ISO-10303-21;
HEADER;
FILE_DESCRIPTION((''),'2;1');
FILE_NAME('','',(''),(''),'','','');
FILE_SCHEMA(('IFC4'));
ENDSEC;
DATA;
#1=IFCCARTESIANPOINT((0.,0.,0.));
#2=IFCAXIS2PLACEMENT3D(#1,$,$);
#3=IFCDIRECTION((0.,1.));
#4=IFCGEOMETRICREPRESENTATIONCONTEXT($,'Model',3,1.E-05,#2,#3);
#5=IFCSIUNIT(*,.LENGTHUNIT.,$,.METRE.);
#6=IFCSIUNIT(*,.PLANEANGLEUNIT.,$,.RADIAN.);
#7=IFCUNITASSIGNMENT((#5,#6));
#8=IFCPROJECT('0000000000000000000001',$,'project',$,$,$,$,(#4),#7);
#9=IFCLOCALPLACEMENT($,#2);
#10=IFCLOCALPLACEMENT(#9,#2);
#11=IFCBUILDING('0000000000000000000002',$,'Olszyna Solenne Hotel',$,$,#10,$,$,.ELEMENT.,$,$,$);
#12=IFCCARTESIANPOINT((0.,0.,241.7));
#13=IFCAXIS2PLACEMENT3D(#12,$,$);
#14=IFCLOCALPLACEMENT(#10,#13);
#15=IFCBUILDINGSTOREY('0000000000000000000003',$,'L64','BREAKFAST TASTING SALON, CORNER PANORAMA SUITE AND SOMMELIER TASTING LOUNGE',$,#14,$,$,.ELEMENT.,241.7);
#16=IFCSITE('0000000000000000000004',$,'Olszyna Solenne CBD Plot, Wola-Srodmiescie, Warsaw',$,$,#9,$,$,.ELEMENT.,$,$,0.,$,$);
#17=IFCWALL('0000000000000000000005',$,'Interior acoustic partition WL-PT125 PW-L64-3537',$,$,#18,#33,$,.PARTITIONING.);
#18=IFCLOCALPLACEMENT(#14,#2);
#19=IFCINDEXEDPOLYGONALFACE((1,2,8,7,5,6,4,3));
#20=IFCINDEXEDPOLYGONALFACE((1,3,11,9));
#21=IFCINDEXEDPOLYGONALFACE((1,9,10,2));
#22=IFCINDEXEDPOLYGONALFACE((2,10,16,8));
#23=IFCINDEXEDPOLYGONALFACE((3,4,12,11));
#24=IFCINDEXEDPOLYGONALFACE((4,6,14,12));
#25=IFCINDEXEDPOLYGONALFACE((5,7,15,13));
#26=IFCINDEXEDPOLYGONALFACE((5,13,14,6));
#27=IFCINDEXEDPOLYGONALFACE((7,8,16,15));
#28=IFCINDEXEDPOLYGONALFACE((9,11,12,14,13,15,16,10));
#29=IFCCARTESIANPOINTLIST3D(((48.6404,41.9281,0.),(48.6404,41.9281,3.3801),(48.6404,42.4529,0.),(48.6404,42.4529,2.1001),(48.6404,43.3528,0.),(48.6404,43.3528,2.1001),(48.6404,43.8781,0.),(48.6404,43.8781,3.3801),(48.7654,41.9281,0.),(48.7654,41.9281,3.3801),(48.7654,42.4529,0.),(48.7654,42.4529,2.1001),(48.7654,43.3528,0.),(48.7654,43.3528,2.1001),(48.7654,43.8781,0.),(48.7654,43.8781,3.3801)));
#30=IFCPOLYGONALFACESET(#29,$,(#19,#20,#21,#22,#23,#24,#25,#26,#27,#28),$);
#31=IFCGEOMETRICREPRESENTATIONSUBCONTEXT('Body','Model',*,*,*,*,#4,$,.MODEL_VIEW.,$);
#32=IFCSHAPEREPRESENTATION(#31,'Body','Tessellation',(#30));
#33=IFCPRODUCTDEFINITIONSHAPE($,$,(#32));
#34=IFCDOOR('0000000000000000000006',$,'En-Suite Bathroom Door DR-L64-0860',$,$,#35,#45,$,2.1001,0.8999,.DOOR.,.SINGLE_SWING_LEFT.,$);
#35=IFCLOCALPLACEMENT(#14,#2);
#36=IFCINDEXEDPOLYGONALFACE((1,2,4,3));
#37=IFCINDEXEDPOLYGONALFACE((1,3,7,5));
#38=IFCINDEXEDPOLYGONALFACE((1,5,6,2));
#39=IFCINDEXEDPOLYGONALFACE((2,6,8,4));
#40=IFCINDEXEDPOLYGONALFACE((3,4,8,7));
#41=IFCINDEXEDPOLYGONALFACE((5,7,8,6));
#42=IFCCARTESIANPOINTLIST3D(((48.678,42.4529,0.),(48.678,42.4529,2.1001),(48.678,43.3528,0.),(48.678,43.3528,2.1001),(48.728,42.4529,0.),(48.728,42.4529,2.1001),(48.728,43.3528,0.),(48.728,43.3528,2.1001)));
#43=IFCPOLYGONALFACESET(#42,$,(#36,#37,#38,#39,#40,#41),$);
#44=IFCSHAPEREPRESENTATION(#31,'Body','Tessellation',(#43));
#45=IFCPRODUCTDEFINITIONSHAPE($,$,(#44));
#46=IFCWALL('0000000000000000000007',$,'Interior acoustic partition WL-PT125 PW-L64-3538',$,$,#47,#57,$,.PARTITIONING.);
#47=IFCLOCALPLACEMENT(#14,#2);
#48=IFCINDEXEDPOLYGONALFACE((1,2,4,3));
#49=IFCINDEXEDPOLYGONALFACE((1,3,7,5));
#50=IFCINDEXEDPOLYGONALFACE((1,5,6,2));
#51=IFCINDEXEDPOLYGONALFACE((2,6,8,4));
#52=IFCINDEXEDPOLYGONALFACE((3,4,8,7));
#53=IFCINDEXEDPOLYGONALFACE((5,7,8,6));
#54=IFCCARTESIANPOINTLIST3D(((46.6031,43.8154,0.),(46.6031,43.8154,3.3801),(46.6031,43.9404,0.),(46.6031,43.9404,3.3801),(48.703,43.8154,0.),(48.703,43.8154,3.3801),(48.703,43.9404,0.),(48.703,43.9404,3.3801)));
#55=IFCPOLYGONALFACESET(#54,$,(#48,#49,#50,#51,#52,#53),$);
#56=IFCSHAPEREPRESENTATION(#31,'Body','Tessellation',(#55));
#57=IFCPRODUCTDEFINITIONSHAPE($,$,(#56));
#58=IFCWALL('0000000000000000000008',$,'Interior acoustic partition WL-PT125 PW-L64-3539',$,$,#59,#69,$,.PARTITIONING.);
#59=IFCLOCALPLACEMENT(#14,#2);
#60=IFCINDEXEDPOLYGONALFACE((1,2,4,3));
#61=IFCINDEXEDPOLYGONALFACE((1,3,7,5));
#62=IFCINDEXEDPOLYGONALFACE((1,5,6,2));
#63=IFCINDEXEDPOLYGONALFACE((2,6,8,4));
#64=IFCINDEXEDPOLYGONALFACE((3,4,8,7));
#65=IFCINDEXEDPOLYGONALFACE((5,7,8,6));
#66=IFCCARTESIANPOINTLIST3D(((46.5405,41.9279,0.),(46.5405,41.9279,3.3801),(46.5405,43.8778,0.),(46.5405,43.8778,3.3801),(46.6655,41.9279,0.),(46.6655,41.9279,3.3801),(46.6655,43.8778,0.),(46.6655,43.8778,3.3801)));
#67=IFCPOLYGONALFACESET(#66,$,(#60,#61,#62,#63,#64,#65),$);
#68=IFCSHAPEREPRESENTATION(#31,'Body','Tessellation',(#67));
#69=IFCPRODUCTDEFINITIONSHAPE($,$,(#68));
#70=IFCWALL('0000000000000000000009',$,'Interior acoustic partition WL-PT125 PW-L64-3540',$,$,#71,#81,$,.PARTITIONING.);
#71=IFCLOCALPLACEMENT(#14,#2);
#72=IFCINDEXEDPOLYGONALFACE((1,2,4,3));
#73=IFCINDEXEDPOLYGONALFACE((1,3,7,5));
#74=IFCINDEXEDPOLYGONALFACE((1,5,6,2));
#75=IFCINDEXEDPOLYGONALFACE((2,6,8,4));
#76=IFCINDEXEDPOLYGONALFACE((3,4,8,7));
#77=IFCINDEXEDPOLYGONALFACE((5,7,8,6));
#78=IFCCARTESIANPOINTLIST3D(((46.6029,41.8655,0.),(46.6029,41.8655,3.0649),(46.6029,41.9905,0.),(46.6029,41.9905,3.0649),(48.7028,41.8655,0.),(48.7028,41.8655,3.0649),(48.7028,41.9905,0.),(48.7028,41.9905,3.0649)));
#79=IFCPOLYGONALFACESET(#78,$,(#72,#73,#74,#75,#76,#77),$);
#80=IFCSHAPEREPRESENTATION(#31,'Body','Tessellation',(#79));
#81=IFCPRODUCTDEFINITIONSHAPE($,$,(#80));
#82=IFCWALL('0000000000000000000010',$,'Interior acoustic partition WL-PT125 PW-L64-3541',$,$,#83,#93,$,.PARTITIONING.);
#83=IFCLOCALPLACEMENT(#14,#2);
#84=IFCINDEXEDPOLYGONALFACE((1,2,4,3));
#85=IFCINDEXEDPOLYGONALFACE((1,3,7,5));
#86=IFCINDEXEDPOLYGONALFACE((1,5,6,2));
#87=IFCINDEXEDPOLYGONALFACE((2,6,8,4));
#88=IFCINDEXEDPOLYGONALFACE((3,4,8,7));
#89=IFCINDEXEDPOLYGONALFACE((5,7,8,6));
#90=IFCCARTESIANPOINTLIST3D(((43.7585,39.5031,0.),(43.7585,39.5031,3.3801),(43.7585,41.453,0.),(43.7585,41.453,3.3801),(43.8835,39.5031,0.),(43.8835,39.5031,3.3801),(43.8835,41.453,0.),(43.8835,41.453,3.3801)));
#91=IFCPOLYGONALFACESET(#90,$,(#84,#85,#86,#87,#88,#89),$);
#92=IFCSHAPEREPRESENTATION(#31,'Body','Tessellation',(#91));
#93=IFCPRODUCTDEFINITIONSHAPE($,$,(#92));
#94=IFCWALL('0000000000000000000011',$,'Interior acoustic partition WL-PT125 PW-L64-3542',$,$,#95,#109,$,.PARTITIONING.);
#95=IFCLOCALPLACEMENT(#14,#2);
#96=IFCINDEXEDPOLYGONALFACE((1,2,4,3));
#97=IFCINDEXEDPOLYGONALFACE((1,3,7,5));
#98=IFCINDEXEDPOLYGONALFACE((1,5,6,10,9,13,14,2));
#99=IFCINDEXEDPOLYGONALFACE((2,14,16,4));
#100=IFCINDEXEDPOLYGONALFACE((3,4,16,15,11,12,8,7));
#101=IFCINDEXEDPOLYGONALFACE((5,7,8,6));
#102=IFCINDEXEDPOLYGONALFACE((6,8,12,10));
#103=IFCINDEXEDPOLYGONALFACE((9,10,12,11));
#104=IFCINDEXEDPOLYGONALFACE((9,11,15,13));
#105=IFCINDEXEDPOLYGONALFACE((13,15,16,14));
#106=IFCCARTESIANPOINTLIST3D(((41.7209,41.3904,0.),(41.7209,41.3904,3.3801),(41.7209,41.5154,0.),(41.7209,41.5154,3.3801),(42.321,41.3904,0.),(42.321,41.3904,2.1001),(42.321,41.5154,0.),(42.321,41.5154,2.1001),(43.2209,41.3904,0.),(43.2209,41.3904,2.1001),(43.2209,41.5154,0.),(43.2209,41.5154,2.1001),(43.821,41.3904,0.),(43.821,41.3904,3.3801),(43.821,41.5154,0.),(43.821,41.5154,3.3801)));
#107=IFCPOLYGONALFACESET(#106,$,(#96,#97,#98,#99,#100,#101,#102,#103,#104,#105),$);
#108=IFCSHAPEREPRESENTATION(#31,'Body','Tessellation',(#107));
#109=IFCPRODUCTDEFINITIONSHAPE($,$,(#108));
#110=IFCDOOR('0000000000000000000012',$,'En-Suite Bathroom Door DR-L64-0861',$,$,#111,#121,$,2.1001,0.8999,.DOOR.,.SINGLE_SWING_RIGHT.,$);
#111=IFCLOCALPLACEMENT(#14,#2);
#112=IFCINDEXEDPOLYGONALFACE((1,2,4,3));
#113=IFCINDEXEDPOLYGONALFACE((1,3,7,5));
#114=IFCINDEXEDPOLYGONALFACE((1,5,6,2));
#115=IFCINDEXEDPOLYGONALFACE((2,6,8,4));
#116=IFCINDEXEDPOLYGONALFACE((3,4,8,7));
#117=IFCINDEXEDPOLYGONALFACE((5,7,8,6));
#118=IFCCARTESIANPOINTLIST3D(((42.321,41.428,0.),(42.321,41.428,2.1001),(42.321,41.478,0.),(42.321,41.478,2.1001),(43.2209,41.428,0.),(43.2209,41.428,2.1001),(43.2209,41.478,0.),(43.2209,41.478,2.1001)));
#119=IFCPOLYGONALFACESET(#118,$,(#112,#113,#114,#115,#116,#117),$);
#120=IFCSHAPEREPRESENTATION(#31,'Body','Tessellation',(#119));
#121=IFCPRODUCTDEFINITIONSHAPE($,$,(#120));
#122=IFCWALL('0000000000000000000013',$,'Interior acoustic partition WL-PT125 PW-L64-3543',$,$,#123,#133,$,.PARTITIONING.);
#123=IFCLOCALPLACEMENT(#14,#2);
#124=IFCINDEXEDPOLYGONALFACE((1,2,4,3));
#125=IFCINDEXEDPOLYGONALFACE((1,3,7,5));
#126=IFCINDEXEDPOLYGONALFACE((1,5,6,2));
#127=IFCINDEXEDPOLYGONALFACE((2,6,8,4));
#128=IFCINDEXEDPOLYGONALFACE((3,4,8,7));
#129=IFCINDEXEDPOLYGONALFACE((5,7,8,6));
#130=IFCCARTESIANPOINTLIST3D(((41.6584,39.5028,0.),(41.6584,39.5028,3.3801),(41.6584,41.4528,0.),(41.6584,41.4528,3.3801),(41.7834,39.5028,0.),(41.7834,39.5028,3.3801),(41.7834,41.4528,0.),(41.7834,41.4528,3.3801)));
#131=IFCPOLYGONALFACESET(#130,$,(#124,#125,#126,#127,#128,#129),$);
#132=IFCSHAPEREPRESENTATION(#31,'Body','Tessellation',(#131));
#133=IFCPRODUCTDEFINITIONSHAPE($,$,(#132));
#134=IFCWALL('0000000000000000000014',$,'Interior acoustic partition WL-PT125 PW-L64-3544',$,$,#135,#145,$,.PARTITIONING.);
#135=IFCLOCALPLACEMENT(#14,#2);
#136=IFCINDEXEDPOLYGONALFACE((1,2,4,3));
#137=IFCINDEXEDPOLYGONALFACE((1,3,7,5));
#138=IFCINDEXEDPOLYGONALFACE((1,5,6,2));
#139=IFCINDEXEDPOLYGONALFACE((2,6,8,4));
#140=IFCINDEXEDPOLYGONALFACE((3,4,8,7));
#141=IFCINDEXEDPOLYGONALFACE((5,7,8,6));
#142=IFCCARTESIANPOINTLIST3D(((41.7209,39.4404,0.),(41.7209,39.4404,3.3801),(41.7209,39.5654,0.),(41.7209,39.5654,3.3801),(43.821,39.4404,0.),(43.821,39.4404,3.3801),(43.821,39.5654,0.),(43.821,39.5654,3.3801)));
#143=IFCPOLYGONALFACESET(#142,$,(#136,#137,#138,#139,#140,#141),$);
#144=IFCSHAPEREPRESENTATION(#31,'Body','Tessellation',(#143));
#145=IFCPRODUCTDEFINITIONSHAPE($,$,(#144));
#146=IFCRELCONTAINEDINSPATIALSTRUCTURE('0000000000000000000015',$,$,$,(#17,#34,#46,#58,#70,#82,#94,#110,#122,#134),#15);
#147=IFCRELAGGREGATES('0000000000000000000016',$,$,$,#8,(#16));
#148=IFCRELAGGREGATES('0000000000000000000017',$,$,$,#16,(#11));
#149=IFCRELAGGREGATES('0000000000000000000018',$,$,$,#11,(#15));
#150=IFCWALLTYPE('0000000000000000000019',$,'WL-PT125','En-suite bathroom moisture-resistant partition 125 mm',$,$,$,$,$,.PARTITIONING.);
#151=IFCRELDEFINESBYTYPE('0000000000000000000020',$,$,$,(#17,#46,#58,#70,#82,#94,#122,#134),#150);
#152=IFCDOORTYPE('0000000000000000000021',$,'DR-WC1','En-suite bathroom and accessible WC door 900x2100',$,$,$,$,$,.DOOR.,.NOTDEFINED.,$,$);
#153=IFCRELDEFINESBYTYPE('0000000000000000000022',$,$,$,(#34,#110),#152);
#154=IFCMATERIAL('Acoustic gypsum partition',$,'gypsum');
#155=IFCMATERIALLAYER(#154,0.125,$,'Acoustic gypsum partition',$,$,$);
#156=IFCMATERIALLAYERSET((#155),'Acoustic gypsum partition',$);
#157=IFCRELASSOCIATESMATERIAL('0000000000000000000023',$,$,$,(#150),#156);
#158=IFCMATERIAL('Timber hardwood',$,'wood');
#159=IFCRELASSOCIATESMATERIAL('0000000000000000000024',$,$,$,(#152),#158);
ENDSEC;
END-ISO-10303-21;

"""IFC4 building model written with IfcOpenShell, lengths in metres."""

from ifc_helpers import new_model, si_unit, direction, frame, frame_2d, origin, place, context, subcontext, project, spatial, rectangle, extrude, source, transform, mapped, material, layer, layer_set, type_object, type_shapes, element, fill, save


model = new_model("IFC4")

# Units and contexts
model_context = context("Model", 3, precision=1e-05, world=origin(), true_north=direction((0.0, 1.0)))
body_context = subcontext(model_context, "Body", "Model", "MODEL_VIEW")
ifc_project = project(units=[si_unit("LENGTHUNIT", "METRE"), si_unit("PLANEANGLEUNIT", "RADIAN")], contexts=[model_context])

# Site, building, storey
site_placement = place(None, origin())
site = spatial("IfcSite", under=ifc_project, at=site_placement, Name="Olszyna Solenne CBD Plot, Wola-Srodmiescie, Warsaw", CompositionType="ELEMENT", RefElevation=0.0)
building_placement = place(site_placement, origin())
building = spatial("IfcBuilding", under=site, at=building_placement, Name="Olszyna Solenne Hotel", CompositionType="ELEMENT")
storey_placement = place(building_placement, frame((0.0, 0.0, 241.7)))
storey = spatial("IfcBuildingStorey", under=building, at=storey_placement, Name="L64", Description="BREAKFAST TASTING SALON, CORNER PANORAMA SUITE AND SOMMELIER TASTING LOUNGE", CompositionType="ELEMENT", Elevation=241.7)

# Wall, opening, door
ifc_material_1 = material(Name="Acoustic gypsum partition", Category="gypsum")
ifc_layer_1 = layer(ifc_material_1, 0.125, Name="Acoustic gypsum partition")
ifc_layer_set_1 = layer_set([ifc_layer_1], Name="Acoustic gypsum partition")
wall_type_1 = type_object("IfcWallType", Name="WL-PT125", Description="En-suite bathroom moisture-resistant partition 125 mm", PredefinedType="PARTITIONING", material=ifc_layer_set_1)
wall_1_placement = place(storey_placement, frame((48.7029, 41.928, 0.0), z_axis=(0.0, 0.0, 1.0), x_axis=(0.0, 1.0, 0.0)))
wall_1 = element("IfcWall", 1, at=wall_1_placement, inside=storey, type_object=wall_type_1, Name="Interior acoustic partition WL-PT125 PW-L64-3537", PredefinedType="PARTITIONING", context=body_context, shape_type="SweptSolid", body=[
    extrude(rectangle(XDim=1.95, YDim=0.125, at=frame_2d((0.9751, 0.0))), origin(), (0.0, 0.0, 1.0), 3.3801),
])
opening_1_placement = place(wall_1_placement, frame((0.5249, 0.0, 0.0)))
opening_1 = element("IfcOpeningElement", 2, at=opening_1_placement, cuts=wall_1, PredefinedType="OPENING", context=body_context, shape_type="SweptSolid", body=[
    extrude(rectangle(XDim=0.8999, YDim=2.1001, at=frame_2d((0.45, 1.05))), frame((0.0, 0.0725, 0.0), z_axis=(0.0, -1.0, 0.0), x_axis=(1.0, 0.0, 0.0)), (0.0, 0.0, 1.0), 0.145),
])
ifc_material_2 = material(Name="Timber hardwood", Category="wood")
door_type = type_object("IfcDoorType", Name="DR-WC1", Description="En-suite bathroom and accessible WC door 900x2100", OperationType="NOTDEFINED", PredefinedType="DOOR", material=ifc_material_2)
shared_shape_1 = source(origin(), body_context, "Body", "SweptSolid", [
    extrude(rectangle(XDim=0.8999, YDim=2.1001, at=frame_2d((0.45, 1.05))), frame((0.0, 0.0249, 0.0), z_axis=(0.0, -1.0, 0.0), x_axis=(1.0, 0.0, 0.0)), (0.0, 0.0, 1.0), 0.05),
])
type_shapes(door_type, [shared_shape_1])
door_1_placement = place(opening_1_placement, origin())
door_1 = element("IfcDoor", 3, at=door_1_placement, inside=storey, type_object=door_type, Name="En-Suite Bathroom Door DR-L64-0860", OperationType="SINGLE_SWING_LEFT", OverallHeight=2.1001, OverallWidth=0.8999, PredefinedType="DOOR", context=body_context, shape_type="MappedRepresentation", body=[
    mapped(shared_shape_1, transform((0.0, 0.0, 0.0), x_axis=(1.0, 0.0, 0.0), y_axis=(0.0, 1.0, 0.0), z_axis=(0.0, 0.0, 1.0), scale=1.0)),
])
fill(opening_1, door_1)

# Walls
wall_2_placement = place(storey_placement, frame((48.7029, 43.8779, 0.0), z_axis=(0.0, 0.0, 1.0), x_axis=(-1.0, 0.0, 0.0)))
element("IfcWall", 4, at=wall_2_placement, inside=storey, type_object=wall_type_1, Name="Interior acoustic partition WL-PT125 PW-L64-3538", PredefinedType="PARTITIONING", context=body_context, shape_type="SweptSolid", body=[
    extrude(rectangle(XDim=2.0999, YDim=0.125, at=frame_2d((1.0498, 0.0))), origin(), (0.0, 0.0, 1.0), 3.3801),
])
wall_3_placement = place(storey_placement, frame((46.603, 43.8779, 0.0), z_axis=(0.0, 0.0, 1.0), x_axis=(0.0, -1.0, 0.0)))
element("IfcWall", 5, at=wall_3_placement, inside=storey, type_object=wall_type_1, Name="Interior acoustic partition WL-PT125 PW-L64-3539", PredefinedType="PARTITIONING", context=body_context, shape_type="SweptSolid", body=[
    extrude(rectangle(XDim=1.95, YDim=0.125, at=frame_2d((0.9751, 0.0))), origin(), (0.0, 0.0, 1.0), 3.3801),
])
wall_4_placement = place(storey_placement, frame((46.603, 41.928, 0.0), z_axis=(0.0, 0.0, 1.0), x_axis=(1.0, 0.0, 0.0)))
element("IfcWall", 6, at=wall_4_placement, inside=storey, type_object=wall_type_1, Name="Interior acoustic partition WL-PT125 PW-L64-3540", PredefinedType="PARTITIONING", context=body_context, shape_type="SweptSolid", body=[
    extrude(rectangle(XDim=2.0999, YDim=0.125, at=frame_2d((1.0498, 0.0))), origin(), (0.0, 0.0, 1.0), 3.0649),
])
wall_5_placement = place(storey_placement, frame((43.821, 39.5029, 0.0), z_axis=(0.0, 0.0, 1.0), x_axis=(0.0, 1.0, 0.0)))
element("IfcWall", 7, at=wall_5_placement, inside=storey, type_object=wall_type_1, Name="Interior acoustic partition WL-PT125 PW-L64-3541", PredefinedType="PARTITIONING", context=body_context, shape_type="SweptSolid", body=[
    extrude(rectangle(XDim=1.95, YDim=0.125, at=frame_2d((0.9751, 0.0))), origin(), (0.0, 0.0, 1.0), 3.3801),
])

# Wall, opening, door
wall_6_placement = place(storey_placement, frame((43.821, 41.4529, 0.0), z_axis=(0.0, 0.0, 1.0), x_axis=(-1.0, 0.0, 0.0)))
wall_6 = element("IfcWall", 8, at=wall_6_placement, inside=storey, type_object=wall_type_1, Name="Interior acoustic partition WL-PT125 PW-L64-3542", PredefinedType="PARTITIONING", context=body_context, shape_type="SweptSolid", body=[
    extrude(rectangle(XDim=2.1001, YDim=0.125, at=frame_2d((1.05, 0.0))), origin(), (0.0, 0.0, 1.0), 3.3801),
])
opening_2_placement = place(wall_6_placement, frame((0.6001, 0.0, 0.0)))
opening_2 = element("IfcOpeningElement", 9, at=opening_2_placement, cuts=wall_6, PredefinedType="OPENING", context=body_context, shape_type="SweptSolid", body=[
    extrude(rectangle(XDim=0.8999, YDim=2.1001, at=frame_2d((0.45, 1.05))), frame((0.0, 0.0725, 0.0), z_axis=(0.0, -1.0, 0.0), x_axis=(1.0, 0.0, 0.0)), (0.0, 0.0, 1.0), 0.145),
])
door_2_placement = place(opening_2_placement, origin())
door_2 = element("IfcDoor", 10, at=door_2_placement, inside=storey, type_object=door_type, Name="En-Suite Bathroom Door DR-L64-0861", OperationType="SINGLE_SWING_RIGHT", OverallHeight=2.1001, OverallWidth=0.8999, PredefinedType="DOOR", context=body_context, shape_type="MappedRepresentation", body=[
    mapped(shared_shape_1, transform((0.0, 0.0, 0.0), x_axis=(1.0, 0.0, 0.0), y_axis=(0.0, 1.0, 0.0), z_axis=(0.0, 0.0, 1.0), scale=1.0)),
])
fill(opening_2, door_2)

# Walls
wall_7_placement = place(storey_placement, frame((41.7209, 41.4529, 0.0), z_axis=(0.0, 0.0, 1.0), x_axis=(0.0, -1.0, 0.0)))
element("IfcWall", 11, at=wall_7_placement, inside=storey, type_object=wall_type_1, Name="Interior acoustic partition WL-PT125 PW-L64-3543", PredefinedType="PARTITIONING", context=body_context, shape_type="SweptSolid", body=[
    extrude(rectangle(XDim=1.95, YDim=0.125, at=frame_2d((0.9751, 0.0))), origin(), (0.0, 0.0, 1.0), 3.3801),
])
wall_8_placement = place(storey_placement, frame((41.7209, 39.5029, 0.0), z_axis=(0.0, 0.0, 1.0), x_axis=(1.0, 0.0, 0.0)))
element("IfcWall", 12, at=wall_8_placement, inside=storey, type_object=wall_type_1, Name="Interior acoustic partition WL-PT125 PW-L64-3544", PredefinedType="PARTITIONING", context=body_context, shape_type="SweptSolid", body=[
    extrude(rectangle(XDim=2.1001, YDim=0.125, at=frame_2d((1.05, 0.0))), origin(), (0.0, 0.0, 1.0), 3.3801),
])

save(model, "model.ifc")
